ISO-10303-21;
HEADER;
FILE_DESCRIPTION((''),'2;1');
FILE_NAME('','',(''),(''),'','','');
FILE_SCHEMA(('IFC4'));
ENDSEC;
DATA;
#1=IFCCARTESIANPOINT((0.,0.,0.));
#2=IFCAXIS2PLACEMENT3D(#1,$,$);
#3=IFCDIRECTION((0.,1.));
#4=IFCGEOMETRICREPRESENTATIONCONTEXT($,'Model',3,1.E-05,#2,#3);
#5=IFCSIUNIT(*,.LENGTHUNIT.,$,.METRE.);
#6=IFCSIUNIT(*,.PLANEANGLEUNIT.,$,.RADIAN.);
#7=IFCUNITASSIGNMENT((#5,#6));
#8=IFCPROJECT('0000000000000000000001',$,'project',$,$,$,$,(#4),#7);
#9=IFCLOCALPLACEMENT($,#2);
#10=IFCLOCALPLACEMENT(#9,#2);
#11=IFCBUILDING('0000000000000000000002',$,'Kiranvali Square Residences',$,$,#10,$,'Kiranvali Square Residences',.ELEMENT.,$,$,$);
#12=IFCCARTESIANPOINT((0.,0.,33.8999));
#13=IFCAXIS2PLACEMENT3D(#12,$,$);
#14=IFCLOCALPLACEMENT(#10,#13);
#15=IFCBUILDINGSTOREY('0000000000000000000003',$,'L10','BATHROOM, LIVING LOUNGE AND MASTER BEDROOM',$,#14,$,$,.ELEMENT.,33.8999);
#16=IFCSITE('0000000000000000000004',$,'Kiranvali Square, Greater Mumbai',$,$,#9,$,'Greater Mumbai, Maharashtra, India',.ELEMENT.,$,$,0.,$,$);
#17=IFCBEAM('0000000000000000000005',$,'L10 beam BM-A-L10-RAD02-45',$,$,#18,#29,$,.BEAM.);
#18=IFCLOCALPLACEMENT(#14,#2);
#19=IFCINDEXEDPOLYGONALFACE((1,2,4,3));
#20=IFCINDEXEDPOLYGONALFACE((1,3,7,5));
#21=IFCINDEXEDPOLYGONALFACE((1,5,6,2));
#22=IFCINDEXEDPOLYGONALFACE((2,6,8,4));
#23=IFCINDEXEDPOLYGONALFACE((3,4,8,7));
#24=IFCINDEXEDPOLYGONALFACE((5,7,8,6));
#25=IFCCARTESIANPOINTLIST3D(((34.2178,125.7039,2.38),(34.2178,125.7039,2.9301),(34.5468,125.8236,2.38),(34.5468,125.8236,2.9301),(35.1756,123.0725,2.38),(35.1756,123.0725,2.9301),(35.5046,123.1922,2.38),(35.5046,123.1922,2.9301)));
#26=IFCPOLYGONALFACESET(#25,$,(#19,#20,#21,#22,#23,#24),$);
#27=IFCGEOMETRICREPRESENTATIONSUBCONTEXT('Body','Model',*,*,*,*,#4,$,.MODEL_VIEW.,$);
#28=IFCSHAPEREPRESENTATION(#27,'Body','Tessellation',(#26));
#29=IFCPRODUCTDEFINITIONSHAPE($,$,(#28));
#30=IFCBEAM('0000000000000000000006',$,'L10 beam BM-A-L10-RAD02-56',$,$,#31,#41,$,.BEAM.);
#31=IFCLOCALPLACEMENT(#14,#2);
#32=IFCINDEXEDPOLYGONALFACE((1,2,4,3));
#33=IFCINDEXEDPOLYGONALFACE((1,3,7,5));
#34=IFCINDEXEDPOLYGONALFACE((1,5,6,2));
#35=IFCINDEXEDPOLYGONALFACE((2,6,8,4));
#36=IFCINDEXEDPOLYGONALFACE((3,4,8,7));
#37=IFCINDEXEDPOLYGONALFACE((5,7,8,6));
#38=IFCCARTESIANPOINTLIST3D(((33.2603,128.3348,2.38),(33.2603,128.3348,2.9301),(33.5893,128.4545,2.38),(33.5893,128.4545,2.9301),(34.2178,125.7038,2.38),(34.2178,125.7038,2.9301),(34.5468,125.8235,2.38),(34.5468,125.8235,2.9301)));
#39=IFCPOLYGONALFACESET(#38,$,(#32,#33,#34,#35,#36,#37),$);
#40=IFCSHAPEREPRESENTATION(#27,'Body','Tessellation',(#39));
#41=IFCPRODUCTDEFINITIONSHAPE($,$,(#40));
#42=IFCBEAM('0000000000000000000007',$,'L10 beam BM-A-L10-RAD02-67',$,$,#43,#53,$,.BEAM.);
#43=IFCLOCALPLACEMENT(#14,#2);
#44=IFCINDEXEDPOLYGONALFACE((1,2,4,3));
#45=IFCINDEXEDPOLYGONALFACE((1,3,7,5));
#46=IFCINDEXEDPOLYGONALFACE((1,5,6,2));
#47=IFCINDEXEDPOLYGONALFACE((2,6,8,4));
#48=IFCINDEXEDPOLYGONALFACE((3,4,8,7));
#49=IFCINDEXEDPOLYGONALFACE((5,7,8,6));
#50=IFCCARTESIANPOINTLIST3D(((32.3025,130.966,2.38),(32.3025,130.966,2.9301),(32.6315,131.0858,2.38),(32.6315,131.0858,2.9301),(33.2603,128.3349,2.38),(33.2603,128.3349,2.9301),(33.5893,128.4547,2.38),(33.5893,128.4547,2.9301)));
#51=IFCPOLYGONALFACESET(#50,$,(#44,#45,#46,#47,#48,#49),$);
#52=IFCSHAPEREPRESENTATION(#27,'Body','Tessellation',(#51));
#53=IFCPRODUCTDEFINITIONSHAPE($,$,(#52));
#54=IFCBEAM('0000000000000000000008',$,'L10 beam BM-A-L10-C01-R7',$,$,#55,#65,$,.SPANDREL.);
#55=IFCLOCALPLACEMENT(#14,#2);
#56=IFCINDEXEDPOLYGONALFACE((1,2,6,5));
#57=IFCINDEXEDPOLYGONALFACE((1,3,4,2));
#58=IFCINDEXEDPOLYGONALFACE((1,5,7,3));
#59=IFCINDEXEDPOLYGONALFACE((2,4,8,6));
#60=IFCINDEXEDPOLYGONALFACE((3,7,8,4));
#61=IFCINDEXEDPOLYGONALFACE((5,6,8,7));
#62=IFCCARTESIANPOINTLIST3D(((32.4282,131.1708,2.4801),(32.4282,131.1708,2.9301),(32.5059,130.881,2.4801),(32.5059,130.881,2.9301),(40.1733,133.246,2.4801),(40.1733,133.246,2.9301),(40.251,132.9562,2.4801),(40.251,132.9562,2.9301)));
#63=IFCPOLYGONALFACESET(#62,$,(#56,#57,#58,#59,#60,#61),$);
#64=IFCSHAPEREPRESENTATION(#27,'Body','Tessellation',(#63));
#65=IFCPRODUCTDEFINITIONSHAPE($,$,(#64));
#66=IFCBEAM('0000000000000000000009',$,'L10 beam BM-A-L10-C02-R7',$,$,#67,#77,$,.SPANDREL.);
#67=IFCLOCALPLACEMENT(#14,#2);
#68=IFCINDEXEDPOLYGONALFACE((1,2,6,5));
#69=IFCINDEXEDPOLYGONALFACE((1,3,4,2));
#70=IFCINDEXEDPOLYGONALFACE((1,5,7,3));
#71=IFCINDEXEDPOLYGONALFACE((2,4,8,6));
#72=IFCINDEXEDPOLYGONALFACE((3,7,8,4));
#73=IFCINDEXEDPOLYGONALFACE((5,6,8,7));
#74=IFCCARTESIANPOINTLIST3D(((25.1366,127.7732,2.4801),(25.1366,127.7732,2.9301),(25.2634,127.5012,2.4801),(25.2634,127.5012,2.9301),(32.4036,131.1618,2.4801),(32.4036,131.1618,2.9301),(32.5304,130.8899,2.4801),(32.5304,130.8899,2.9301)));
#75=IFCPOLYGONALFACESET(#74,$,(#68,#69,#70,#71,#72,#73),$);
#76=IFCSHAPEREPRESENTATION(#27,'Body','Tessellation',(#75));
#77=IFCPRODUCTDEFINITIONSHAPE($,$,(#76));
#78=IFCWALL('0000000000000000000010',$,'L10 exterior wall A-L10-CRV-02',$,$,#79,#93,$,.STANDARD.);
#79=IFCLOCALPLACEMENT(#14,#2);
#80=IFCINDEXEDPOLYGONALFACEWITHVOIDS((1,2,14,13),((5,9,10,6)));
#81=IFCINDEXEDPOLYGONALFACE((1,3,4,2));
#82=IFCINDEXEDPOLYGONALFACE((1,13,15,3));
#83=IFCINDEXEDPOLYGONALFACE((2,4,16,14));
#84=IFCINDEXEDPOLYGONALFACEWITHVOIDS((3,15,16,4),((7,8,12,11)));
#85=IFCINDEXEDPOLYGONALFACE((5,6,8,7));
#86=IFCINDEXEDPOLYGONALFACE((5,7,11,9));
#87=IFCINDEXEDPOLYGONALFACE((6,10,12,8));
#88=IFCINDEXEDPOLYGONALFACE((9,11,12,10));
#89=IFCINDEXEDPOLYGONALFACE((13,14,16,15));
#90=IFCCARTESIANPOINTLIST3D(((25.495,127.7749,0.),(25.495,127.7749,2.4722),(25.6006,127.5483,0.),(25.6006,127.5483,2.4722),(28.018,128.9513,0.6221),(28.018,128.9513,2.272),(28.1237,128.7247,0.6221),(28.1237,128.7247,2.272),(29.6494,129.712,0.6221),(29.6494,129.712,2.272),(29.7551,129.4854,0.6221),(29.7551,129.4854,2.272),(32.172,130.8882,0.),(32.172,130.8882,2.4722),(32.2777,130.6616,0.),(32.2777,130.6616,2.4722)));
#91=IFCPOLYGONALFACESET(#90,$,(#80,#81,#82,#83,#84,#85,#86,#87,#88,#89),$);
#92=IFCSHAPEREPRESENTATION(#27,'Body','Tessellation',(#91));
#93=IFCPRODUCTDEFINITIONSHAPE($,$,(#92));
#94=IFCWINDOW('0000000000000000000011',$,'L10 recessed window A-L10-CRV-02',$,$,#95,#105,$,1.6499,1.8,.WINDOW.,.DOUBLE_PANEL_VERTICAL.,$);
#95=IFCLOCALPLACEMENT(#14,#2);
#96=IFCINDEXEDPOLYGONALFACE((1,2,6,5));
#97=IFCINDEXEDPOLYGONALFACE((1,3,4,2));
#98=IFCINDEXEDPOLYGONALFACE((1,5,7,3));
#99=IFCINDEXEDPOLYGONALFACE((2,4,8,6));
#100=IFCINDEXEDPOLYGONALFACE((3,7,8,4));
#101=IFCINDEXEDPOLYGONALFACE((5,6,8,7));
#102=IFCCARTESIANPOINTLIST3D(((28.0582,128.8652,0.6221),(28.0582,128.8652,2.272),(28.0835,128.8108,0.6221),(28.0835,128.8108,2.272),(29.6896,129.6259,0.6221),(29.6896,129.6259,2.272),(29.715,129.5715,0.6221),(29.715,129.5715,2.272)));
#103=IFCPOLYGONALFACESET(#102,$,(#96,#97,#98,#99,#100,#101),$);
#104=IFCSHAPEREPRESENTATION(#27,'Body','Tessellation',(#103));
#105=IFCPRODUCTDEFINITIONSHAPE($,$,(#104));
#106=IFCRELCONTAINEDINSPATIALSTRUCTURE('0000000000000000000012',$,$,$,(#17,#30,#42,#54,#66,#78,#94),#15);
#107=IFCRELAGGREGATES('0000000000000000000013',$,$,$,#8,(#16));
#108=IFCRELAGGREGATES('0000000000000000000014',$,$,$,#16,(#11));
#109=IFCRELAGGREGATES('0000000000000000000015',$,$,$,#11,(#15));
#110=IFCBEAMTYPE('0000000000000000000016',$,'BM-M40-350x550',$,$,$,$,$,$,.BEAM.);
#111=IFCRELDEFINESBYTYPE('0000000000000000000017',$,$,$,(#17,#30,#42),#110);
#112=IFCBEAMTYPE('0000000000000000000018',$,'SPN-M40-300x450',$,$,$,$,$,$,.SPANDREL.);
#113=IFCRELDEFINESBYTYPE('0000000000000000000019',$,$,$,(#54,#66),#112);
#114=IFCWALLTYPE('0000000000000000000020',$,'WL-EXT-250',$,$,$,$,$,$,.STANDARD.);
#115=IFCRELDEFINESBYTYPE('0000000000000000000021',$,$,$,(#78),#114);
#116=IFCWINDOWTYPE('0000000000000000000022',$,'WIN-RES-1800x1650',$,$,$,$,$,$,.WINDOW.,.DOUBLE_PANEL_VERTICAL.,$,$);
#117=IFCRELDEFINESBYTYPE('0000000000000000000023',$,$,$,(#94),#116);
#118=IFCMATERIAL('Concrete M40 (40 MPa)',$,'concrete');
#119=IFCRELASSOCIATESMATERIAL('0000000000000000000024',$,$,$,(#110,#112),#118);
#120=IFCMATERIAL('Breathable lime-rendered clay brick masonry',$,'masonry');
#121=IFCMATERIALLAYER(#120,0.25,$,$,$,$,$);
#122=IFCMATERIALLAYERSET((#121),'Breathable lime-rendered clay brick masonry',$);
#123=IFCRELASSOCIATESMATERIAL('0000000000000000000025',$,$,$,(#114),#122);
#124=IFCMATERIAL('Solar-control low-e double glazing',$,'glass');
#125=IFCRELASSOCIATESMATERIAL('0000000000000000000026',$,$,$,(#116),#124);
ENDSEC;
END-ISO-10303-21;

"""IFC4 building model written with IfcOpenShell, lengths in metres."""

from ifc_helpers import new_model, si_unit, direction, frame, frame_2d, origin, origin_2d, place, context, subcontext, project, spatial, rectangle, extrude, material, layer, layer_set, material_profile, profile_set, type_object, element, fill, save


model = new_model("IFC4")

# Units and contexts
model_context = context("Model", 3, precision=1e-05, world=origin(), true_north=direction((0.0, 1.0)))
body_context = subcontext(model_context, "Body", "Model", "MODEL_VIEW")
ifc_project = project(units=[si_unit("LENGTHUNIT", "METRE"), si_unit("PLANEANGLEUNIT", "RADIAN")], contexts=[model_context])

# Site, building, storey
site_placement = place(None, origin())
site = spatial("IfcSite", under=ifc_project, at=site_placement, Name="Kiranvali Square, Greater Mumbai", LongName="Greater Mumbai, Maharashtra, India", CompositionType="ELEMENT", RefElevation=0.0)
building_placement = place(site_placement, origin())
building = spatial("IfcBuilding", under=site, at=building_placement, Name="Kiranvali Square Residences", LongName="Kiranvali Square Residences", CompositionType="ELEMENT")
storey_placement = place(building_placement, frame((0.0, 0.0, 33.8999)))
storey = spatial("IfcBuildingStorey", under=building, at=storey_placement, Name="L10", Description="BATHROOM, LIVING LOUNGE AND MASTER BEDROOM", CompositionType="ELEMENT", Elevation=33.8999)

# Shared definitions
ifc_material_1 = material(Name="Concrete M40 (40 MPa)", Category="concrete")

# Beams
ifc_material_profile_1 = material_profile(ifc_material_1, rectangle(XDim=0.3501, YDim=0.55, at=origin_2d()), Name="RC 350x550")
ifc_profile_set_1 = profile_set([ifc_material_profile_1], Name="Concrete M40 (40 MPa)")
beam_type_1 = type_object("IfcBeamType", Name="BM-M40-350x550", PredefinedType="BEAM", material=ifc_profile_set_1)
beam_1_placement = place(storey_placement, frame((35.3401, 123.1323, 2.655), z_axis=(-0.34203, 0.939689, 0.0), x_axis=(-0.939689, -0.34203, 0.0)))
element("IfcBeam", 1, at=beam_1_placement, inside=storey, type_object=beam_type_1, Name="L10 beam BM-A-L10-RAD02-45", PredefinedType="BEAM", context=body_context, shape_type="SweptSolid", body=[
    extrude(rectangle(XDim=0.3501, YDim=0.55, at=origin_2d()), origin(), (0.0, 0.0, 1.0), 2.8003),
])
beam_2_placement = place(storey_placement, frame((34.3823, 125.7637, 2.655), z_axis=(-0.341981, 0.939707, 0.0), x_axis=(-0.939707, -0.341981, 0.0)))
element("IfcBeam", 2, at=beam_2_placement, inside=storey, type_object=beam_type_1, Name="L10 beam BM-A-L10-RAD02-56", PredefinedType="BEAM", context=body_context, shape_type="SweptSolid", body=[
    extrude(rectangle(XDim=0.3501, YDim=0.55, at=origin_2d()), origin(), (0.0, 0.0, 1.0), 2.7998),
])
beam_3_placement = place(storey_placement, frame((33.4248, 128.3948, 2.655), z_axis=(-0.342058, 0.939679, 0.0), x_axis=(-0.939679, -0.342058, 0.0)))
element("IfcBeam", 3, at=beam_3_placement, inside=storey, type_object=beam_type_1, Name="L10 beam BM-A-L10-RAD02-67", PredefinedType="BEAM", context=body_context, shape_type="SweptSolid", body=[
    extrude(rectangle(XDim=0.3501, YDim=0.55, at=origin_2d()), origin(), (0.0, 0.0, 1.0), 2.8),
])
ifc_material_profile_2 = material_profile(ifc_material_1, rectangle(XDim=0.3, YDim=0.45, at=origin_2d()), Name="RC 300x450")
ifc_profile_set_2 = profile_set([ifc_material_profile_2], Name="Concrete M40 (40 MPa)")
beam_type_2 = type_object("IfcBeamType", Name="SPN-M40-300x450", PredefinedType="SPANDREL", material=ifc_profile_set_2)
for number, where, z_axis, x_axis, name in (
    (4, (40.2122, 133.1011, 2.7051), (-0.965929, -0.258807, 0.0), (0.258807, -0.965929, 0.0), "L10 beam BM-A-L10-C01-R7"),
    (5, (32.467, 131.0259, 2.7051), (-0.906309, -0.422615, 0.0), (0.422615, -0.906309, 0.0), "L10 beam BM-A-L10-C02-R7"),
):
    element("IfcBeam", number, at=place(storey_placement, frame(where, z_axis=z_axis, x_axis=x_axis)), inside=storey, type_object=beam_type_2, Name=name, PredefinedType="SPANDREL", context=body_context, shape_type="SweptSolid", body=[
        extrude(rectangle(XDim=0.3, YDim=0.45, at=origin_2d()), origin(), (0.0, 0.0, 1.0), 8.0183),
    ])

# Shared definitions
ifc_material_2 = material(Name="Breathable lime-rendered clay brick masonry", Category="masonry")
ifc_layer = layer(ifc_material_2, 0.25)
ifc_layer_set = layer_set([ifc_layer], Name="Breathable lime-rendered clay brick masonry")
wall_type = type_object("IfcWallType", Name="WL-EXT-250", PredefinedType="STANDARD", material=ifc_layer_set)
ifc_material_3 = material(Name="Solar-control low-e double glazing", Category="glass")

# Wall, opening, window
wall_1_placement = place(storey_placement, frame((32.2249, 130.7749, 0.0), z_axis=(0.0, 0.0, 1.0), x_axis=(-0.906321, -0.42259, 0.0)))
wall_1 = element("IfcWall", 6, at=wall_1_placement, inside=storey, type_object=wall_type, Name="L10 exterior wall A-L10-CRV-02", PredefinedType="STANDARD", context=body_context, shape_type="SweptSolid", body=[
    extrude(rectangle(XDim=7.3672, YDim=0.25, at=frame_2d((3.6836, 0.0))), origin(), (0.0, 0.0, 1.0), 2.4722),
])
opening_1_placement = place(wall_1_placement, frame((2.7834, 0.0, 0.6221)))
opening_1 = element("IfcOpeningElement", 7, at=opening_1_placement, cuts=wall_1, PredefinedType="OPENING", context=body_context, shape_type="SweptSolid", body=[
    extrude(rectangle(XDim=1.8, YDim=1.6499, at=frame_2d((0.8999, 0.825))), frame((0.0, 0.135, 0.0), z_axis=(0.0, -1.0, 0.0), x_axis=(1.0, 0.0, 0.0)), (0.0, 0.0, 1.0), 0.27),
])
window_type_1 = type_object("IfcWindowType", Name="WIN-RES-1800x1650", PartitioningType="DOUBLE_PANEL_VERTICAL", PredefinedType="WINDOW", material=ifc_material_3)
window_1_placement = place(opening_1_placement, origin())
window_1 = element("IfcWindow", 8, at=window_1_placement, inside=storey, type_object=window_type_1, Name="L10 recessed window A-L10-CRV-02", OverallHeight=1.6499, OverallWidth=1.8, PartitioningType="DOUBLE_PANEL_VERTICAL", PredefinedType="WINDOW", context=body_context, shape_type="SweptSolid", body=[
    extrude(rectangle(XDim=1.8, YDim=1.6499, at=frame_2d((0.8999, 0.825))), frame((0.0, 0.03, 0.0), z_axis=(0.0, -1.0, 0.0), x_axis=(1.0, 0.0, 0.0)), (0.0, 0.0, 1.0), 0.0601),
])
fill(opening_1, window_1)

save(model, "model.ifc")
